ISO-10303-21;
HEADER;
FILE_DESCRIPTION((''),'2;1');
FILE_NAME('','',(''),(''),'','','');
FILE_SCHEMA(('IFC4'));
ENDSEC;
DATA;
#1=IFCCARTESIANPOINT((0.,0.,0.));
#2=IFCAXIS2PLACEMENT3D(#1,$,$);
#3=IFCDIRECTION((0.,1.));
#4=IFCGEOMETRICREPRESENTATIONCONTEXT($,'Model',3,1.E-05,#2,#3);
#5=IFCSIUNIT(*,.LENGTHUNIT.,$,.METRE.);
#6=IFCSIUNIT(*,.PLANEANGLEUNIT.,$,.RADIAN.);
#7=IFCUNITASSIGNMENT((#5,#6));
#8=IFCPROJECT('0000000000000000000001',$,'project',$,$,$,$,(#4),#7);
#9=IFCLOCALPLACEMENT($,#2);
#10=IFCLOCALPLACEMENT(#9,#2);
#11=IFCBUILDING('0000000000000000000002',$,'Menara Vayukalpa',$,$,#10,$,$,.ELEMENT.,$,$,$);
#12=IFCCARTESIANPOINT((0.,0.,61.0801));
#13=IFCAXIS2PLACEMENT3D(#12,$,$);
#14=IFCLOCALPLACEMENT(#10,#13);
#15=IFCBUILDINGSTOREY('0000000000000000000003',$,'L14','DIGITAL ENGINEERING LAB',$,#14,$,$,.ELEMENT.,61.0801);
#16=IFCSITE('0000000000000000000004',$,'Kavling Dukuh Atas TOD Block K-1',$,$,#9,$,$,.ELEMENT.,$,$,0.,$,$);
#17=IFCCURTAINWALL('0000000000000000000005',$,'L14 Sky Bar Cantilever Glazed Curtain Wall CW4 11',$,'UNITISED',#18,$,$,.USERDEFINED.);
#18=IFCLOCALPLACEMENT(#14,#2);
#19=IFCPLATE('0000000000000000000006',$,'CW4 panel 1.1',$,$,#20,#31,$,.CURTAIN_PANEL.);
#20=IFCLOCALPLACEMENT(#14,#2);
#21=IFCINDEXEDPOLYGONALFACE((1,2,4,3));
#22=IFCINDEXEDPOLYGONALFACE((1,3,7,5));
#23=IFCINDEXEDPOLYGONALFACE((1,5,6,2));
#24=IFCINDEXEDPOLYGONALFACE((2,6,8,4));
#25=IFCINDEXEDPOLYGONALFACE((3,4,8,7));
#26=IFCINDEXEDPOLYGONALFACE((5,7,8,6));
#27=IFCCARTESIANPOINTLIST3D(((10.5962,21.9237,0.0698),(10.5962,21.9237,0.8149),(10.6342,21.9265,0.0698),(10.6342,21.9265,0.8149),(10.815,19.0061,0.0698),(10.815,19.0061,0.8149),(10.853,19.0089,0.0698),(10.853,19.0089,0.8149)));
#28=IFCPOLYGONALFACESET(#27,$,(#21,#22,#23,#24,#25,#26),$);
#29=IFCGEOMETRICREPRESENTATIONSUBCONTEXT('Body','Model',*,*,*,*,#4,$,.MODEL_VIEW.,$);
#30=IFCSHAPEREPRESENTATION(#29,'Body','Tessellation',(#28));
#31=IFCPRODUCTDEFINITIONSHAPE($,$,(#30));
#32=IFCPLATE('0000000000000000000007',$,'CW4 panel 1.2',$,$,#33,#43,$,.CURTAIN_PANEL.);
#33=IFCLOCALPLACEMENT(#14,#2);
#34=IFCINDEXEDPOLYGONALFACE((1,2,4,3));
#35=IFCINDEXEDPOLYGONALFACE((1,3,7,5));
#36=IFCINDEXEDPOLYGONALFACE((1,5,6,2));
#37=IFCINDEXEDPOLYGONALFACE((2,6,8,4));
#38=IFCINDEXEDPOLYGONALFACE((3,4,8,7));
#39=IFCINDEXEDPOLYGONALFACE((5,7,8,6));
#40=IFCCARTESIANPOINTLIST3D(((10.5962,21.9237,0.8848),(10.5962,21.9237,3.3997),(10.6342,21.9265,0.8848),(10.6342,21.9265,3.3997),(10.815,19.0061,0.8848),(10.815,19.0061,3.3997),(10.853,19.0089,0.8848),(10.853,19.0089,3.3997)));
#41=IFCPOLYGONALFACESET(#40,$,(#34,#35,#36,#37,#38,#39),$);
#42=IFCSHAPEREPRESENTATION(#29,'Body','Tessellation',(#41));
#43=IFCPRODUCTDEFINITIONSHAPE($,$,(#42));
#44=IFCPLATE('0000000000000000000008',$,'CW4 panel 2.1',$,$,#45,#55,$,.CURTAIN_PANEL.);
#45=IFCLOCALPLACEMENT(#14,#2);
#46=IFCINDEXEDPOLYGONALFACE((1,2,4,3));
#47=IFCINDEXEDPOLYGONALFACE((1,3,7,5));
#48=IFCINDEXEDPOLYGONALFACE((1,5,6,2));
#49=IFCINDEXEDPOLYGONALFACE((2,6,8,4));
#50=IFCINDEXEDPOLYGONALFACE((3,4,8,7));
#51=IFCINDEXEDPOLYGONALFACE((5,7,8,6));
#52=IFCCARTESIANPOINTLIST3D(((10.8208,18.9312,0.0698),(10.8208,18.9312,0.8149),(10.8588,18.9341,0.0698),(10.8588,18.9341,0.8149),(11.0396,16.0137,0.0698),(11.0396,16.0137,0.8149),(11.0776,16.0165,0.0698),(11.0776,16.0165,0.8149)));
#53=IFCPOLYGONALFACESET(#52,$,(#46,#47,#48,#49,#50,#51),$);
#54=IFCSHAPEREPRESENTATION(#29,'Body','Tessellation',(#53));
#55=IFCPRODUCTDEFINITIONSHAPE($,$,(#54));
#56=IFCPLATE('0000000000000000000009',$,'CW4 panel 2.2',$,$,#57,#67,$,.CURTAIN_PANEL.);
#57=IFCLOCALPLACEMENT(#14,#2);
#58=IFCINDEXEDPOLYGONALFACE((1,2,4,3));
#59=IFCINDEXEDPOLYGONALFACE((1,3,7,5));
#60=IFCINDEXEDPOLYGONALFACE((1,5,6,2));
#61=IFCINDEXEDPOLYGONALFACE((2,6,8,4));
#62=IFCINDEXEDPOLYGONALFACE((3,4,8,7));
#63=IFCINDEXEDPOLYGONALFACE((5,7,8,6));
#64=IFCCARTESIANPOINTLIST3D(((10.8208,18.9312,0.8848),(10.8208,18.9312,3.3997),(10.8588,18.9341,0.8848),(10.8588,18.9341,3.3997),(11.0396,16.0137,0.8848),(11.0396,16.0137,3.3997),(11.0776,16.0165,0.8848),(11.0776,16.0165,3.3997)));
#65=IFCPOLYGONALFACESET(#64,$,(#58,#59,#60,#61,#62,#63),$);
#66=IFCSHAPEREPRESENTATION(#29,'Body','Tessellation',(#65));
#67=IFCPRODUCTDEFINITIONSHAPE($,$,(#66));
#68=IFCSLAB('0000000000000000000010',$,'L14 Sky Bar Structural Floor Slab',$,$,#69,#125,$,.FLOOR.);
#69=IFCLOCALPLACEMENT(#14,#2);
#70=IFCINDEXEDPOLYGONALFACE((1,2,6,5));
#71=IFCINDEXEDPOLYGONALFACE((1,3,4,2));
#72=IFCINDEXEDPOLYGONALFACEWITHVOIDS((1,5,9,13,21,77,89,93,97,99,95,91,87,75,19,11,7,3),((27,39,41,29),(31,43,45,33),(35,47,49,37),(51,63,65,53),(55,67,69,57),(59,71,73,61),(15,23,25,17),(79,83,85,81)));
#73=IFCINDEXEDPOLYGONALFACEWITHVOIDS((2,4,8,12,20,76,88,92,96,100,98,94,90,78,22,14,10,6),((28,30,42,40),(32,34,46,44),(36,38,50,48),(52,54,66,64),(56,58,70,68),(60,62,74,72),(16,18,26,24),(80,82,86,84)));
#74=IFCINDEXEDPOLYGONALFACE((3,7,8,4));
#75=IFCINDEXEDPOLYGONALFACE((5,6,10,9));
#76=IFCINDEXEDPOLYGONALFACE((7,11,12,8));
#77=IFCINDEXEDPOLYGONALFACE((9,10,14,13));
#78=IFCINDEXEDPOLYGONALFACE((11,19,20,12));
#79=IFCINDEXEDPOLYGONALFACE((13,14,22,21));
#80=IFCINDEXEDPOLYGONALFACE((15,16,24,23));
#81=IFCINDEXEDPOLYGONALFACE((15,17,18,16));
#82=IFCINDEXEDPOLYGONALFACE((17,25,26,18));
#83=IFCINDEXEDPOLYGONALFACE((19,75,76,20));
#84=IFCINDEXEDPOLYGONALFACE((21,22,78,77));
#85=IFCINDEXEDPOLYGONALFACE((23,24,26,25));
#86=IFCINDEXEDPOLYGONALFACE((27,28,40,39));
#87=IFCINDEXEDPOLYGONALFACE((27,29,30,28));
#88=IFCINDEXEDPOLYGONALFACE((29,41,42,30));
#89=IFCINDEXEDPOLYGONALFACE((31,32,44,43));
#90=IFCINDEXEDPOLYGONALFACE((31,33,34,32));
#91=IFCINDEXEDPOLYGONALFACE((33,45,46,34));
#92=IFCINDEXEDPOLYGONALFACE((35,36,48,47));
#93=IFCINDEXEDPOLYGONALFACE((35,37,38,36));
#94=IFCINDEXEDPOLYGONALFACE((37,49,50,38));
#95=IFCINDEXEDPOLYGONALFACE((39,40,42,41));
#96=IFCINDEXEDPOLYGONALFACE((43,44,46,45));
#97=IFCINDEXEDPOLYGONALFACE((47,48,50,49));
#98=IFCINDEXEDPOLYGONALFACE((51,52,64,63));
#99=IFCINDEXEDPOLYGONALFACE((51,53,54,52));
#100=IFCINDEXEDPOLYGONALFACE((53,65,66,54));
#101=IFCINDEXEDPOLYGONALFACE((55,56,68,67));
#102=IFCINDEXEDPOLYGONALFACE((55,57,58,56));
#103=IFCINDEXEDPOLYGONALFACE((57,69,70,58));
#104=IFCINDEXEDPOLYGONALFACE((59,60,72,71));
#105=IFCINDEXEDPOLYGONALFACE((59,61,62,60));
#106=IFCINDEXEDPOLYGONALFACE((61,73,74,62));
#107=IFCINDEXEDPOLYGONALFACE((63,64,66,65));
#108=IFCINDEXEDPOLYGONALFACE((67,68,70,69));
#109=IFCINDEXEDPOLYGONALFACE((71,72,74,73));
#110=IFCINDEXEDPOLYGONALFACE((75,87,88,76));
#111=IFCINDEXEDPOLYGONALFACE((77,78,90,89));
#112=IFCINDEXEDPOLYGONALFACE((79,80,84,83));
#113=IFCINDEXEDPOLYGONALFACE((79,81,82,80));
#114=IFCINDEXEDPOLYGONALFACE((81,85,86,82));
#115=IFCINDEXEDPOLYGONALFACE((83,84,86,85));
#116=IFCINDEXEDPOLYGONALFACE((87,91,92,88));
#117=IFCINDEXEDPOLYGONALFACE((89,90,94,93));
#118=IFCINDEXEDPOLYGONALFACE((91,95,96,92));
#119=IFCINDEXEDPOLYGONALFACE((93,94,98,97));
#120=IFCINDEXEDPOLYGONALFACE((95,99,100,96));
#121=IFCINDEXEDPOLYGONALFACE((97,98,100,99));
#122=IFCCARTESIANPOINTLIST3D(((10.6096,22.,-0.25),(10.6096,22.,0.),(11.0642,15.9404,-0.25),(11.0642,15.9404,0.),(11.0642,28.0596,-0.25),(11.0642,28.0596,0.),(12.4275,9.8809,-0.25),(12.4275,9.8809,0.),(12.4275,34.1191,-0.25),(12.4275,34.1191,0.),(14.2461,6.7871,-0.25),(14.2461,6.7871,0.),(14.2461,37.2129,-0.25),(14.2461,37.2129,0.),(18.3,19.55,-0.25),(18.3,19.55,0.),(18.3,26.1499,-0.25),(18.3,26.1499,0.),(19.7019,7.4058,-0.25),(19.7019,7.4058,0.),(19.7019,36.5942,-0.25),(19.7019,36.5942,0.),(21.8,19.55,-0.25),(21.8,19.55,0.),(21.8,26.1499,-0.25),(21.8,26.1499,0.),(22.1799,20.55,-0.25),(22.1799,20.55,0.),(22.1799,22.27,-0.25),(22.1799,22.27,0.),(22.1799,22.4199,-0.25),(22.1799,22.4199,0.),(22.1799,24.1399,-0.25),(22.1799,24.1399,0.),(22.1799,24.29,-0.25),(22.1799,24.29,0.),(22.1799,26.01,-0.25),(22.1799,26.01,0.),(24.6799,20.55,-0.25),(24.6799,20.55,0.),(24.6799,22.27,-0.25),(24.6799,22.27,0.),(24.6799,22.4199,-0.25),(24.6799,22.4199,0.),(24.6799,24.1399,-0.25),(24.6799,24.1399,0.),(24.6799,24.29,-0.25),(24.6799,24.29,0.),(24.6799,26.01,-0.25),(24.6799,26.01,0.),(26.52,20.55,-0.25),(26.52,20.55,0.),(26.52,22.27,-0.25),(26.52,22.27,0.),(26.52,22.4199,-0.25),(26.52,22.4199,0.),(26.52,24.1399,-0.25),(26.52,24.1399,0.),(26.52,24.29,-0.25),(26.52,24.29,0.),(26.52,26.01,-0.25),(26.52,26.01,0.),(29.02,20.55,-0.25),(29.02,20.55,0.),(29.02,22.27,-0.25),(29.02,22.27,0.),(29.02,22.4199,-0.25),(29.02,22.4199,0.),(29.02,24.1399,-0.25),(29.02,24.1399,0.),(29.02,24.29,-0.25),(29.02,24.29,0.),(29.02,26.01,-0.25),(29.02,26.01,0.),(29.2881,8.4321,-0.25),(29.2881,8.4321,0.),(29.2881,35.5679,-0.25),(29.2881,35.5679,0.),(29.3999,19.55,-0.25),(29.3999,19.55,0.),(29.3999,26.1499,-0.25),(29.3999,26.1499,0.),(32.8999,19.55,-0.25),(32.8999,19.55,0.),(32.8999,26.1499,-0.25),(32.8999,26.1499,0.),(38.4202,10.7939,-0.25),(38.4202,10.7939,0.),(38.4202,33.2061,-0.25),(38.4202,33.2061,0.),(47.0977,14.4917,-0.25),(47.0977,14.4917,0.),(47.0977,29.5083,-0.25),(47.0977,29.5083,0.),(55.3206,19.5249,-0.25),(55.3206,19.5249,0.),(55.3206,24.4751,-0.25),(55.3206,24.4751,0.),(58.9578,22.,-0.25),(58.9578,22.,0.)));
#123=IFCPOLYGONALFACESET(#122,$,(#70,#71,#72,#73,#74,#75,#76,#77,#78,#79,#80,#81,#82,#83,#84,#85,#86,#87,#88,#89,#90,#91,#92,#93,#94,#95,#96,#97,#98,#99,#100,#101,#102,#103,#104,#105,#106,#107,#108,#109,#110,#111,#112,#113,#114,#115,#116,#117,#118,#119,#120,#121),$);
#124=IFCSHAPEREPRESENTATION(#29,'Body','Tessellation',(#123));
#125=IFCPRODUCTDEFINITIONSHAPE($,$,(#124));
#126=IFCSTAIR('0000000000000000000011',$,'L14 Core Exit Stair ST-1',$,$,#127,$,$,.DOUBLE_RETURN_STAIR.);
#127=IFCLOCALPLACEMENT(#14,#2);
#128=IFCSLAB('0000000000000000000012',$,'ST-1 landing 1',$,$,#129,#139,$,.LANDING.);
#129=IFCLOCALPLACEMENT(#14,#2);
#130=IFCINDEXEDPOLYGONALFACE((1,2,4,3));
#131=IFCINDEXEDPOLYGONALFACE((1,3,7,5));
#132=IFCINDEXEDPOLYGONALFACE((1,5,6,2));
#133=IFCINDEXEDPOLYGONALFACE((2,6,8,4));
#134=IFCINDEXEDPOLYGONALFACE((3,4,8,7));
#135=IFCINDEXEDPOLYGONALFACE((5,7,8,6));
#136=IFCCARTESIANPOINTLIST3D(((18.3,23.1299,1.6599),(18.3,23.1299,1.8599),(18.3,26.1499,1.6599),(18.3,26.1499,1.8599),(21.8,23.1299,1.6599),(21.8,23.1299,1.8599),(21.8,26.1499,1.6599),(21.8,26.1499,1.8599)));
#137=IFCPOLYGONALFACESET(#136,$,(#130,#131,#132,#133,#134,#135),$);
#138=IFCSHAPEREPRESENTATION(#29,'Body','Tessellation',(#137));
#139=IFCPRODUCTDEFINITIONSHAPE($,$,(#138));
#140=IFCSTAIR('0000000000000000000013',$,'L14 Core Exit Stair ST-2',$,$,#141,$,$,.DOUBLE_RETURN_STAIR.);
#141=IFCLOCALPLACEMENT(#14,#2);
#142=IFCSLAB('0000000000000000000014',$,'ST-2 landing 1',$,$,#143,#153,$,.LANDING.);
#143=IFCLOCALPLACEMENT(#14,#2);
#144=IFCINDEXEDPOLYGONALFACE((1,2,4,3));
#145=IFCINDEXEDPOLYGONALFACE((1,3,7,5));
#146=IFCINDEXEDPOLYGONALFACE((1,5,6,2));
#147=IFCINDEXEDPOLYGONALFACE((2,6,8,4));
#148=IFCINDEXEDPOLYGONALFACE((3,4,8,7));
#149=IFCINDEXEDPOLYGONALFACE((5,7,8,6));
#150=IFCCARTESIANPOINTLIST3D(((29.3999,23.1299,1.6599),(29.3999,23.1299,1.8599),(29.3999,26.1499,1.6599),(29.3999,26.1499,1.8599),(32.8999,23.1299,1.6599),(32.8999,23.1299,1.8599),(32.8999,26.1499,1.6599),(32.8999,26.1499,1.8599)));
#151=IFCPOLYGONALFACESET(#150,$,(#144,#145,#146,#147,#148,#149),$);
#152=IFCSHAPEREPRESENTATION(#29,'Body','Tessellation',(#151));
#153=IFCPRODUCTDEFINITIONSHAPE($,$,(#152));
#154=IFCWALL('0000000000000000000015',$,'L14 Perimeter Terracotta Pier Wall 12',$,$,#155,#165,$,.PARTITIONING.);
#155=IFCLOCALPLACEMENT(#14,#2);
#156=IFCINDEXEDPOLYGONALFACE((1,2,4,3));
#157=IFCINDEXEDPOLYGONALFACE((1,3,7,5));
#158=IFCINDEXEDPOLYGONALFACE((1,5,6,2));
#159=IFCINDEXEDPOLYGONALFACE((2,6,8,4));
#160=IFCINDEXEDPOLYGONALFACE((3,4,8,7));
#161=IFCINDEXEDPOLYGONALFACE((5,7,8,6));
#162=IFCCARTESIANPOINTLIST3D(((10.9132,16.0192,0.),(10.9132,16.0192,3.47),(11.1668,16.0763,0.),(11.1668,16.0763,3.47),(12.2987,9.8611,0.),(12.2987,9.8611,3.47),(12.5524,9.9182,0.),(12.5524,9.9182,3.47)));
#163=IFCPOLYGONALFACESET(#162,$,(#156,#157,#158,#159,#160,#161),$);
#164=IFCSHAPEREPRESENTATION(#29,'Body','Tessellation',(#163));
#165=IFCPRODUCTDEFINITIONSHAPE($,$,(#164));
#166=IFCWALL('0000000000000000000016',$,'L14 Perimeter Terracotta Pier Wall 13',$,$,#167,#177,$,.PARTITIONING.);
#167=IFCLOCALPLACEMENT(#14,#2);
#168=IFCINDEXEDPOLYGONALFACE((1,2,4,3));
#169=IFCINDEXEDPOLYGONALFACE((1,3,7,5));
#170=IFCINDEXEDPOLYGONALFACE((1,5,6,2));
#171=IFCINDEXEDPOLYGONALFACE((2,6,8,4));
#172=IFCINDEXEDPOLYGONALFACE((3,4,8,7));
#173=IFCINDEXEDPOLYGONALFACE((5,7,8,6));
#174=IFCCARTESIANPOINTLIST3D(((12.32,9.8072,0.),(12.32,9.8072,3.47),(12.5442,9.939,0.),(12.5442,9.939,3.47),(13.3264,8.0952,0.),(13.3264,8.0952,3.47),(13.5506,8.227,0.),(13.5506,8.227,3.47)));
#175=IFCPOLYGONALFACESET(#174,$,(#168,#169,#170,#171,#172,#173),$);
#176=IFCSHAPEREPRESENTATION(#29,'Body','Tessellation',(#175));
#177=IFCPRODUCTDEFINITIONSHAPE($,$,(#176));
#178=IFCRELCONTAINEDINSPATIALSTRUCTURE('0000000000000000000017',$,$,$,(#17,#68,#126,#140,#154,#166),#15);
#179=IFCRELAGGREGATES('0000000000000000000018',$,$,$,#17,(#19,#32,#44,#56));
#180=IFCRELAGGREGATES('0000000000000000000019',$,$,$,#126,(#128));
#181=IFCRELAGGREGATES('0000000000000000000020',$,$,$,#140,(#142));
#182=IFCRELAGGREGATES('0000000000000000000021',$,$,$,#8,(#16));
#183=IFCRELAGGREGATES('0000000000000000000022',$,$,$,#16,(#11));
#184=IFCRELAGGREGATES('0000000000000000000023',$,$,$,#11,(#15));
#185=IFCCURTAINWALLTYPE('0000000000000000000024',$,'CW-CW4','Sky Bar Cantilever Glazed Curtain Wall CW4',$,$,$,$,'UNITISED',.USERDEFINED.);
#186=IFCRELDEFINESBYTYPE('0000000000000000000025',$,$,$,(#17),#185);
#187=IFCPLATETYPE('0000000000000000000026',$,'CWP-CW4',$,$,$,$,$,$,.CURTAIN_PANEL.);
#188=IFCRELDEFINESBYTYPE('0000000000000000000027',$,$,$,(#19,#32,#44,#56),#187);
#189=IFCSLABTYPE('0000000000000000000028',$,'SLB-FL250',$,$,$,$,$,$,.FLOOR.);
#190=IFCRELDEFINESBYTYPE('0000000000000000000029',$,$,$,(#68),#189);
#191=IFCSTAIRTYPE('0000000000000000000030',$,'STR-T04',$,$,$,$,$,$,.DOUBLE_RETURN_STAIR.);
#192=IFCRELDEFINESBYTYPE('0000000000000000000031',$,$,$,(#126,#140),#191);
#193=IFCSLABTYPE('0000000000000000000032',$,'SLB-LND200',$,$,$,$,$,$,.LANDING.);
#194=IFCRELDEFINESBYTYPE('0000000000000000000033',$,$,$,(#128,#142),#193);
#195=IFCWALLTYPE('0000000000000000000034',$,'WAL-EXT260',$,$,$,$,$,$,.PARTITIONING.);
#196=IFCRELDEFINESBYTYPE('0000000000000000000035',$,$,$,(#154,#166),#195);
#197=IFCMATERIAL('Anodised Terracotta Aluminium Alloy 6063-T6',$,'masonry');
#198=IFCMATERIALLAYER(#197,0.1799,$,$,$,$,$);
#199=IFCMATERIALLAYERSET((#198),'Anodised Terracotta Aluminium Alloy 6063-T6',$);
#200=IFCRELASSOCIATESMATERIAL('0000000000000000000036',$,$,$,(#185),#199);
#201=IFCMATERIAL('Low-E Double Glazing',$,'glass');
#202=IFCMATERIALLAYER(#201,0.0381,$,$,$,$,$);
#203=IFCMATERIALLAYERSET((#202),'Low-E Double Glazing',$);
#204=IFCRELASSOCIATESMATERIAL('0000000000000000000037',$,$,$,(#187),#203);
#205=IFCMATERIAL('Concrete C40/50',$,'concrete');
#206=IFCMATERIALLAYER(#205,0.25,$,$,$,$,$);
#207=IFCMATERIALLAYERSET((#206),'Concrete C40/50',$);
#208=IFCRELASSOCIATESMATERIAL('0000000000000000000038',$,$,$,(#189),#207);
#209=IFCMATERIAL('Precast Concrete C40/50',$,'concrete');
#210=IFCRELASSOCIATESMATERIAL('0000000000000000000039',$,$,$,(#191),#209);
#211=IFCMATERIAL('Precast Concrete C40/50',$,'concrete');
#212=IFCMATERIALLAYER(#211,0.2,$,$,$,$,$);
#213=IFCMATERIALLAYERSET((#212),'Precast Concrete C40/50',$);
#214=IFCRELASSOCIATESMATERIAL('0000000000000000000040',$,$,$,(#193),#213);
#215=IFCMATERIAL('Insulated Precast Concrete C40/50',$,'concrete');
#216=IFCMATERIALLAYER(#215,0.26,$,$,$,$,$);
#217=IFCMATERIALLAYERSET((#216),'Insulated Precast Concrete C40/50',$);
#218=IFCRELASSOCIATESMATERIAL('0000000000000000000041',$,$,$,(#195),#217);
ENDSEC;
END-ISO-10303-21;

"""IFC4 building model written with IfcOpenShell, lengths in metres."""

from ifc_helpers import new_model, si_unit, direction, frame, frame_2d, origin, origin_2d, place, context, subcontext, project, spatial, polyline, rectangle, outline, extrude, material, layer, layer_set, type_object, element, aggregate, save


model = new_model("IFC4")

# Units and contexts
model_context = context("Model", 3, precision=1e-05, world=origin(), true_north=direction((0.0, 1.0)))
body_context = subcontext(model_context, "Body", "Model", "MODEL_VIEW")
ifc_project = project(units=[si_unit("LENGTHUNIT", "METRE"), si_unit("PLANEANGLEUNIT", "RADIAN")], contexts=[model_context])

# Site, building, storey
site_placement = place(None, origin())
site = spatial("IfcSite", under=ifc_project, at=site_placement, Name="Kavling Dukuh Atas TOD Block K-1", CompositionType="ELEMENT", RefElevation=0.0)
building_placement = place(site_placement, origin())
building = spatial("IfcBuilding", under=site, at=building_placement, Name="Menara Vayukalpa", CompositionType="ELEMENT")
storey_placement = place(building_placement, frame((0.0, 0.0, 61.0801)))
storey = spatial("IfcBuildingStorey", under=building, at=storey_placement, Name="L14", Description="DIGITAL ENGINEERING LAB", CompositionType="ELEMENT", Elevation=61.0801)

# Curtain wall, plates
ifc_material_1 = material(Name="Anodised Terracotta Aluminium Alloy 6063-T6", Category="masonry")
ifc_layer_1 = layer(ifc_material_1, 0.1799)
ifc_layer_set_1 = layer_set([ifc_layer_1], Name="Anodised Terracotta Aluminium Alloy 6063-T6")
curtain_wall_type = type_object("IfcCurtainWallType", Name="CW-CW4", Description="Sky Bar Cantilever Glazed Curtain Wall CW4", ElementType="UNITISED", PredefinedType="USERDEFINED", material=ifc_layer_set_1)
curtain_wall_placement = place(storey_placement, origin())
curtain_wall = element("IfcCurtainWall", 1, at=curtain_wall_placement, inside=storey, type_object=curtain_wall_type, Name="L14 Sky Bar Cantilever Glazed Curtain Wall CW4 11", ObjectType="UNITISED", PredefinedType="USERDEFINED")
ifc_material_2 = material(Name="Low-E Double Glazing", Category="glass")
ifc_layer_2 = layer(ifc_material_2, 0.0381)
ifc_layer_set_2 = layer_set([ifc_layer_2], Name="Low-E Double Glazing")
plate_type = type_object("IfcPlateType", Name="CWP-CW4", PredefinedType="CURTAIN_PANEL", material=ifc_layer_set_2)
plate_1_placement = place(storey_placement, frame((10.7246, 20.4663, 0.0698), z_axis=(0.0, 0.0, 1.0), x_axis=(0.074795, -0.997199, 0.0)))
plate_1 = element("IfcPlate", 2, at=plate_1_placement, type_object=plate_type, Name="CW4 panel 1.1", PredefinedType="CURTAIN_PANEL", context=body_context, shape_type="SweptSolid", body=[
    extrude(rectangle(XDim=2.9258, YDim=0.0381, at=origin_2d()), origin(), (0.0, 0.0, 1.0), 0.7451),
])
plate_2_placement = place(storey_placement, frame((10.7246, 20.4663, 0.8848), z_axis=(0.0, 0.0, 1.0), x_axis=(0.074795, -0.997199, 0.0)))
plate_2 = element("IfcPlate", 3, at=plate_2_placement, type_object=plate_type, Name="CW4 panel 1.2", PredefinedType="CURTAIN_PANEL", context=body_context, shape_type="SweptSolid", body=[
    extrude(rectangle(XDim=2.9258, YDim=0.0381, at=origin_2d()), origin(), (0.0, 0.0, 1.0), 2.5149),
])
plate_3_placement = place(storey_placement, frame((10.9492, 17.4739, 0.0698), z_axis=(0.0, 0.0, 1.0), x_axis=(0.074795, -0.997199, 0.0)))
plate_3 = element("IfcPlate", 4, at=plate_3_placement, type_object=plate_type, Name="CW4 panel 2.1", PredefinedType="CURTAIN_PANEL", context=body_context, shape_type="SweptSolid", body=[
    extrude(rectangle(XDim=2.9258, YDim=0.0381, at=origin_2d()), origin(), (0.0, 0.0, 1.0), 0.7451),
])
plate_4_placement = place(storey_placement, frame((10.9492, 17.4739, 0.8848), z_axis=(0.0, 0.0, 1.0), x_axis=(0.074795, -0.997199, 0.0)))
plate_4 = element("IfcPlate", 5, at=plate_4_placement, type_object=plate_type, Name="CW4 panel 2.2", PredefinedType="CURTAIN_PANEL", context=body_context, shape_type="SweptSolid", body=[
    extrude(rectangle(XDim=2.9258, YDim=0.0381, at=origin_2d()), origin(), (0.0, 0.0, 1.0), 2.5149),
])
aggregate(curtain_wall, [plate_1, plate_2, plate_3, plate_4])

# Slab
ifc_material_3 = material(Name="Concrete C40/50", Category="concrete")
ifc_layer_3 = layer(ifc_material_3, 0.25)
ifc_layer_set_3 = layer_set([ifc_layer_3], Name="Concrete C40/50")
slab_type_1 = type_object("IfcSlabType", Name="SLB-FL250", PredefinedType="FLOOR", material=ifc_layer_set_3)
slab_1_placement = place(storey_placement, frame((0.0, 0.0, -0.25)))
element("IfcSlab", 6, at=slab_1_placement, inside=storey, type_object=slab_type_1, Name="L14 Sky Bar Structural Floor Slab", PredefinedType="FLOOR", context=body_context, shape_type="SweptSolid", body=[
    extrude(outline(polyline([(55.3206, 19.5249), (58.9578, 22.0), (55.3206, 24.4751), (47.0977, 29.5083), (38.4202, 33.2061), (29.2881, 35.5679), (19.7019, 36.5942), (14.2461, 37.2129), (12.4275, 34.1191), (11.0642, 28.0596), (10.6096, 22.0), (11.0642, 15.9404), (12.4275, 9.8809), (14.2461, 6.7871), (19.7019, 7.4058), (29.2881, 8.4321), (38.4202, 10.7939), (47.0977, 14.4917), (55.3206, 19.5249)]), holes=[polyline([(21.8, 19.55), (21.8, 26.1499), (18.3, 26.1499), (18.3, 19.55), (21.8, 19.55)]), polyline([(32.8999, 19.55), (32.8999, 26.1499), (29.3999, 26.1499), (29.3999, 19.55), (32.8999, 19.55)]), polyline([(22.1799, 20.55), (24.6799, 20.55), (24.6799, 22.27), (22.1799, 22.27), (22.1799, 20.55)]), polyline([(26.52, 20.55), (29.02, 20.55), (29.02, 22.27), (26.52, 22.27), (26.52, 20.55)]), polyline([(22.1799, 22.4199), (24.6799, 22.4199), (24.6799, 24.1399), (22.1799, 24.1399), (22.1799, 22.4199)]), polyline([(22.1799, 24.29), (24.6799, 24.29), (24.6799, 26.01), (22.1799, 26.01), (22.1799, 24.29)]), polyline([(26.52, 24.29), (29.02, 24.29), (29.02, 26.01), (26.52, 26.01), (26.52, 24.29)]), polyline([(26.52, 22.4199), (29.02, 22.4199), (29.02, 24.1399), (26.52, 24.1399), (26.52, 22.4199)])]), origin(), (0.0, 0.0, 1.0), 0.25),
])

# Stairs, slabs
ifc_material_4 = material(Name="Precast Concrete C40/50", Category="concrete")
stair_type = type_object("IfcStairType", Name="STR-T04", PredefinedType="DOUBLE_RETURN_STAIR", material=ifc_material_4)
stair_1_placement = place(storey_placement, origin())
stair_1 = element("IfcStair", 7, at=stair_1_placement, inside=storey, type_object=stair_type, Name="L14 Core Exit Stair ST-1", PredefinedType="DOUBLE_RETURN_STAIR")
ifc_material_5 = material(Name="Precast Concrete C40/50", Category="concrete")
ifc_layer_4 = layer(ifc_material_5, 0.2)
ifc_layer_set_4 = layer_set([ifc_layer_4], Name="Precast Concrete C40/50")
slab_type_2 = type_object("IfcSlabType", Name="SLB-LND200", PredefinedType="LANDING", material=ifc_layer_set_4)
slab_2_placement = place(storey_placement, frame((0.0, 0.0, 1.6599)))
slab_2 = element("IfcSlab", 8, at=slab_2_placement, type_object=slab_type_2, Name="ST-1 landing 1", PredefinedType="LANDING", context=body_context, shape_type="SweptSolid", body=[
    extrude(outline(polyline([(21.8, 23.1299), (21.8, 26.1499), (18.3, 26.1499), (18.3, 23.1299), (21.8, 23.1299)])), origin(), (0.0, 0.0, 1.0), 0.2),
])
aggregate(stair_1, [slab_2])
stair_2_placement = place(storey_placement, origin())
stair_2 = element("IfcStair", 9, at=stair_2_placement, inside=storey, type_object=stair_type, Name="L14 Core Exit Stair ST-2", PredefinedType="DOUBLE_RETURN_STAIR")
slab_3_placement = place(storey_placement, frame((0.0, 0.0, 1.6599)))
slab_3 = element("IfcSlab", 10, at=slab_3_placement, type_object=slab_type_2, Name="ST-2 landing 1", PredefinedType="LANDING", context=body_context, shape_type="SweptSolid", body=[
    extrude(outline(polyline([(32.8999, 23.1299), (32.8999, 26.1499), (29.3999, 26.1499), (29.3999, 23.1299), (32.8999, 23.1299)])), origin(), (0.0, 0.0, 1.0), 0.2),
])
aggregate(stair_2, [slab_3])

# Walls
ifc_material_6 = material(Name="Insulated Precast Concrete C40/50", Category="concrete")
ifc_layer_5 = layer(ifc_material_6, 0.26)
ifc_layer_set_5 = layer_set([ifc_layer_5], Name="Insulated Precast Concrete C40/50")
wall_type_1 = type_object("IfcWallType", Name="WAL-EXT260", PredefinedType="PARTITIONING", material=ifc_layer_set_5)
wall_1_placement = place(storey_placement, frame((12.4255, 9.8896, 0.0), z_axis=(0.0, 0.0, 1.0), x_axis=(-0.219506, 0.975611, 0.0)))
element("IfcWall", 11, at=wall_1_placement, inside=storey, type_object=wall_type_1, Name="L14 Perimeter Terracotta Pier Wall 12", PredefinedType="PARTITIONING", context=body_context, shape_type="SweptSolid", body=[
    extrude(rectangle(XDim=6.312, YDim=0.26, at=frame_2d((3.156, 0.0))), origin(), (0.0, 0.0, 1.0), 3.47),
])
wall_2_placement = place(storey_placement, frame((13.4385, 8.1611, 0.0), z_axis=(0.0, 0.0, 1.0), x_axis=(-0.506773, 0.86208, 0.0)))
element("IfcWall", 12, at=wall_2_placement, inside=storey, type_object=wall_type_1, Name="L14 Perimeter Terracotta Pier Wall 13", PredefinedType="PARTITIONING", context=body_context, shape_type="SweptSolid", body=[
    extrude(rectangle(XDim=1.9858, YDim=0.26, at=frame_2d((0.9929, 0.0))), origin(), (0.0, 0.0, 1.0), 3.47),
])

save(model, "model.ifc")
